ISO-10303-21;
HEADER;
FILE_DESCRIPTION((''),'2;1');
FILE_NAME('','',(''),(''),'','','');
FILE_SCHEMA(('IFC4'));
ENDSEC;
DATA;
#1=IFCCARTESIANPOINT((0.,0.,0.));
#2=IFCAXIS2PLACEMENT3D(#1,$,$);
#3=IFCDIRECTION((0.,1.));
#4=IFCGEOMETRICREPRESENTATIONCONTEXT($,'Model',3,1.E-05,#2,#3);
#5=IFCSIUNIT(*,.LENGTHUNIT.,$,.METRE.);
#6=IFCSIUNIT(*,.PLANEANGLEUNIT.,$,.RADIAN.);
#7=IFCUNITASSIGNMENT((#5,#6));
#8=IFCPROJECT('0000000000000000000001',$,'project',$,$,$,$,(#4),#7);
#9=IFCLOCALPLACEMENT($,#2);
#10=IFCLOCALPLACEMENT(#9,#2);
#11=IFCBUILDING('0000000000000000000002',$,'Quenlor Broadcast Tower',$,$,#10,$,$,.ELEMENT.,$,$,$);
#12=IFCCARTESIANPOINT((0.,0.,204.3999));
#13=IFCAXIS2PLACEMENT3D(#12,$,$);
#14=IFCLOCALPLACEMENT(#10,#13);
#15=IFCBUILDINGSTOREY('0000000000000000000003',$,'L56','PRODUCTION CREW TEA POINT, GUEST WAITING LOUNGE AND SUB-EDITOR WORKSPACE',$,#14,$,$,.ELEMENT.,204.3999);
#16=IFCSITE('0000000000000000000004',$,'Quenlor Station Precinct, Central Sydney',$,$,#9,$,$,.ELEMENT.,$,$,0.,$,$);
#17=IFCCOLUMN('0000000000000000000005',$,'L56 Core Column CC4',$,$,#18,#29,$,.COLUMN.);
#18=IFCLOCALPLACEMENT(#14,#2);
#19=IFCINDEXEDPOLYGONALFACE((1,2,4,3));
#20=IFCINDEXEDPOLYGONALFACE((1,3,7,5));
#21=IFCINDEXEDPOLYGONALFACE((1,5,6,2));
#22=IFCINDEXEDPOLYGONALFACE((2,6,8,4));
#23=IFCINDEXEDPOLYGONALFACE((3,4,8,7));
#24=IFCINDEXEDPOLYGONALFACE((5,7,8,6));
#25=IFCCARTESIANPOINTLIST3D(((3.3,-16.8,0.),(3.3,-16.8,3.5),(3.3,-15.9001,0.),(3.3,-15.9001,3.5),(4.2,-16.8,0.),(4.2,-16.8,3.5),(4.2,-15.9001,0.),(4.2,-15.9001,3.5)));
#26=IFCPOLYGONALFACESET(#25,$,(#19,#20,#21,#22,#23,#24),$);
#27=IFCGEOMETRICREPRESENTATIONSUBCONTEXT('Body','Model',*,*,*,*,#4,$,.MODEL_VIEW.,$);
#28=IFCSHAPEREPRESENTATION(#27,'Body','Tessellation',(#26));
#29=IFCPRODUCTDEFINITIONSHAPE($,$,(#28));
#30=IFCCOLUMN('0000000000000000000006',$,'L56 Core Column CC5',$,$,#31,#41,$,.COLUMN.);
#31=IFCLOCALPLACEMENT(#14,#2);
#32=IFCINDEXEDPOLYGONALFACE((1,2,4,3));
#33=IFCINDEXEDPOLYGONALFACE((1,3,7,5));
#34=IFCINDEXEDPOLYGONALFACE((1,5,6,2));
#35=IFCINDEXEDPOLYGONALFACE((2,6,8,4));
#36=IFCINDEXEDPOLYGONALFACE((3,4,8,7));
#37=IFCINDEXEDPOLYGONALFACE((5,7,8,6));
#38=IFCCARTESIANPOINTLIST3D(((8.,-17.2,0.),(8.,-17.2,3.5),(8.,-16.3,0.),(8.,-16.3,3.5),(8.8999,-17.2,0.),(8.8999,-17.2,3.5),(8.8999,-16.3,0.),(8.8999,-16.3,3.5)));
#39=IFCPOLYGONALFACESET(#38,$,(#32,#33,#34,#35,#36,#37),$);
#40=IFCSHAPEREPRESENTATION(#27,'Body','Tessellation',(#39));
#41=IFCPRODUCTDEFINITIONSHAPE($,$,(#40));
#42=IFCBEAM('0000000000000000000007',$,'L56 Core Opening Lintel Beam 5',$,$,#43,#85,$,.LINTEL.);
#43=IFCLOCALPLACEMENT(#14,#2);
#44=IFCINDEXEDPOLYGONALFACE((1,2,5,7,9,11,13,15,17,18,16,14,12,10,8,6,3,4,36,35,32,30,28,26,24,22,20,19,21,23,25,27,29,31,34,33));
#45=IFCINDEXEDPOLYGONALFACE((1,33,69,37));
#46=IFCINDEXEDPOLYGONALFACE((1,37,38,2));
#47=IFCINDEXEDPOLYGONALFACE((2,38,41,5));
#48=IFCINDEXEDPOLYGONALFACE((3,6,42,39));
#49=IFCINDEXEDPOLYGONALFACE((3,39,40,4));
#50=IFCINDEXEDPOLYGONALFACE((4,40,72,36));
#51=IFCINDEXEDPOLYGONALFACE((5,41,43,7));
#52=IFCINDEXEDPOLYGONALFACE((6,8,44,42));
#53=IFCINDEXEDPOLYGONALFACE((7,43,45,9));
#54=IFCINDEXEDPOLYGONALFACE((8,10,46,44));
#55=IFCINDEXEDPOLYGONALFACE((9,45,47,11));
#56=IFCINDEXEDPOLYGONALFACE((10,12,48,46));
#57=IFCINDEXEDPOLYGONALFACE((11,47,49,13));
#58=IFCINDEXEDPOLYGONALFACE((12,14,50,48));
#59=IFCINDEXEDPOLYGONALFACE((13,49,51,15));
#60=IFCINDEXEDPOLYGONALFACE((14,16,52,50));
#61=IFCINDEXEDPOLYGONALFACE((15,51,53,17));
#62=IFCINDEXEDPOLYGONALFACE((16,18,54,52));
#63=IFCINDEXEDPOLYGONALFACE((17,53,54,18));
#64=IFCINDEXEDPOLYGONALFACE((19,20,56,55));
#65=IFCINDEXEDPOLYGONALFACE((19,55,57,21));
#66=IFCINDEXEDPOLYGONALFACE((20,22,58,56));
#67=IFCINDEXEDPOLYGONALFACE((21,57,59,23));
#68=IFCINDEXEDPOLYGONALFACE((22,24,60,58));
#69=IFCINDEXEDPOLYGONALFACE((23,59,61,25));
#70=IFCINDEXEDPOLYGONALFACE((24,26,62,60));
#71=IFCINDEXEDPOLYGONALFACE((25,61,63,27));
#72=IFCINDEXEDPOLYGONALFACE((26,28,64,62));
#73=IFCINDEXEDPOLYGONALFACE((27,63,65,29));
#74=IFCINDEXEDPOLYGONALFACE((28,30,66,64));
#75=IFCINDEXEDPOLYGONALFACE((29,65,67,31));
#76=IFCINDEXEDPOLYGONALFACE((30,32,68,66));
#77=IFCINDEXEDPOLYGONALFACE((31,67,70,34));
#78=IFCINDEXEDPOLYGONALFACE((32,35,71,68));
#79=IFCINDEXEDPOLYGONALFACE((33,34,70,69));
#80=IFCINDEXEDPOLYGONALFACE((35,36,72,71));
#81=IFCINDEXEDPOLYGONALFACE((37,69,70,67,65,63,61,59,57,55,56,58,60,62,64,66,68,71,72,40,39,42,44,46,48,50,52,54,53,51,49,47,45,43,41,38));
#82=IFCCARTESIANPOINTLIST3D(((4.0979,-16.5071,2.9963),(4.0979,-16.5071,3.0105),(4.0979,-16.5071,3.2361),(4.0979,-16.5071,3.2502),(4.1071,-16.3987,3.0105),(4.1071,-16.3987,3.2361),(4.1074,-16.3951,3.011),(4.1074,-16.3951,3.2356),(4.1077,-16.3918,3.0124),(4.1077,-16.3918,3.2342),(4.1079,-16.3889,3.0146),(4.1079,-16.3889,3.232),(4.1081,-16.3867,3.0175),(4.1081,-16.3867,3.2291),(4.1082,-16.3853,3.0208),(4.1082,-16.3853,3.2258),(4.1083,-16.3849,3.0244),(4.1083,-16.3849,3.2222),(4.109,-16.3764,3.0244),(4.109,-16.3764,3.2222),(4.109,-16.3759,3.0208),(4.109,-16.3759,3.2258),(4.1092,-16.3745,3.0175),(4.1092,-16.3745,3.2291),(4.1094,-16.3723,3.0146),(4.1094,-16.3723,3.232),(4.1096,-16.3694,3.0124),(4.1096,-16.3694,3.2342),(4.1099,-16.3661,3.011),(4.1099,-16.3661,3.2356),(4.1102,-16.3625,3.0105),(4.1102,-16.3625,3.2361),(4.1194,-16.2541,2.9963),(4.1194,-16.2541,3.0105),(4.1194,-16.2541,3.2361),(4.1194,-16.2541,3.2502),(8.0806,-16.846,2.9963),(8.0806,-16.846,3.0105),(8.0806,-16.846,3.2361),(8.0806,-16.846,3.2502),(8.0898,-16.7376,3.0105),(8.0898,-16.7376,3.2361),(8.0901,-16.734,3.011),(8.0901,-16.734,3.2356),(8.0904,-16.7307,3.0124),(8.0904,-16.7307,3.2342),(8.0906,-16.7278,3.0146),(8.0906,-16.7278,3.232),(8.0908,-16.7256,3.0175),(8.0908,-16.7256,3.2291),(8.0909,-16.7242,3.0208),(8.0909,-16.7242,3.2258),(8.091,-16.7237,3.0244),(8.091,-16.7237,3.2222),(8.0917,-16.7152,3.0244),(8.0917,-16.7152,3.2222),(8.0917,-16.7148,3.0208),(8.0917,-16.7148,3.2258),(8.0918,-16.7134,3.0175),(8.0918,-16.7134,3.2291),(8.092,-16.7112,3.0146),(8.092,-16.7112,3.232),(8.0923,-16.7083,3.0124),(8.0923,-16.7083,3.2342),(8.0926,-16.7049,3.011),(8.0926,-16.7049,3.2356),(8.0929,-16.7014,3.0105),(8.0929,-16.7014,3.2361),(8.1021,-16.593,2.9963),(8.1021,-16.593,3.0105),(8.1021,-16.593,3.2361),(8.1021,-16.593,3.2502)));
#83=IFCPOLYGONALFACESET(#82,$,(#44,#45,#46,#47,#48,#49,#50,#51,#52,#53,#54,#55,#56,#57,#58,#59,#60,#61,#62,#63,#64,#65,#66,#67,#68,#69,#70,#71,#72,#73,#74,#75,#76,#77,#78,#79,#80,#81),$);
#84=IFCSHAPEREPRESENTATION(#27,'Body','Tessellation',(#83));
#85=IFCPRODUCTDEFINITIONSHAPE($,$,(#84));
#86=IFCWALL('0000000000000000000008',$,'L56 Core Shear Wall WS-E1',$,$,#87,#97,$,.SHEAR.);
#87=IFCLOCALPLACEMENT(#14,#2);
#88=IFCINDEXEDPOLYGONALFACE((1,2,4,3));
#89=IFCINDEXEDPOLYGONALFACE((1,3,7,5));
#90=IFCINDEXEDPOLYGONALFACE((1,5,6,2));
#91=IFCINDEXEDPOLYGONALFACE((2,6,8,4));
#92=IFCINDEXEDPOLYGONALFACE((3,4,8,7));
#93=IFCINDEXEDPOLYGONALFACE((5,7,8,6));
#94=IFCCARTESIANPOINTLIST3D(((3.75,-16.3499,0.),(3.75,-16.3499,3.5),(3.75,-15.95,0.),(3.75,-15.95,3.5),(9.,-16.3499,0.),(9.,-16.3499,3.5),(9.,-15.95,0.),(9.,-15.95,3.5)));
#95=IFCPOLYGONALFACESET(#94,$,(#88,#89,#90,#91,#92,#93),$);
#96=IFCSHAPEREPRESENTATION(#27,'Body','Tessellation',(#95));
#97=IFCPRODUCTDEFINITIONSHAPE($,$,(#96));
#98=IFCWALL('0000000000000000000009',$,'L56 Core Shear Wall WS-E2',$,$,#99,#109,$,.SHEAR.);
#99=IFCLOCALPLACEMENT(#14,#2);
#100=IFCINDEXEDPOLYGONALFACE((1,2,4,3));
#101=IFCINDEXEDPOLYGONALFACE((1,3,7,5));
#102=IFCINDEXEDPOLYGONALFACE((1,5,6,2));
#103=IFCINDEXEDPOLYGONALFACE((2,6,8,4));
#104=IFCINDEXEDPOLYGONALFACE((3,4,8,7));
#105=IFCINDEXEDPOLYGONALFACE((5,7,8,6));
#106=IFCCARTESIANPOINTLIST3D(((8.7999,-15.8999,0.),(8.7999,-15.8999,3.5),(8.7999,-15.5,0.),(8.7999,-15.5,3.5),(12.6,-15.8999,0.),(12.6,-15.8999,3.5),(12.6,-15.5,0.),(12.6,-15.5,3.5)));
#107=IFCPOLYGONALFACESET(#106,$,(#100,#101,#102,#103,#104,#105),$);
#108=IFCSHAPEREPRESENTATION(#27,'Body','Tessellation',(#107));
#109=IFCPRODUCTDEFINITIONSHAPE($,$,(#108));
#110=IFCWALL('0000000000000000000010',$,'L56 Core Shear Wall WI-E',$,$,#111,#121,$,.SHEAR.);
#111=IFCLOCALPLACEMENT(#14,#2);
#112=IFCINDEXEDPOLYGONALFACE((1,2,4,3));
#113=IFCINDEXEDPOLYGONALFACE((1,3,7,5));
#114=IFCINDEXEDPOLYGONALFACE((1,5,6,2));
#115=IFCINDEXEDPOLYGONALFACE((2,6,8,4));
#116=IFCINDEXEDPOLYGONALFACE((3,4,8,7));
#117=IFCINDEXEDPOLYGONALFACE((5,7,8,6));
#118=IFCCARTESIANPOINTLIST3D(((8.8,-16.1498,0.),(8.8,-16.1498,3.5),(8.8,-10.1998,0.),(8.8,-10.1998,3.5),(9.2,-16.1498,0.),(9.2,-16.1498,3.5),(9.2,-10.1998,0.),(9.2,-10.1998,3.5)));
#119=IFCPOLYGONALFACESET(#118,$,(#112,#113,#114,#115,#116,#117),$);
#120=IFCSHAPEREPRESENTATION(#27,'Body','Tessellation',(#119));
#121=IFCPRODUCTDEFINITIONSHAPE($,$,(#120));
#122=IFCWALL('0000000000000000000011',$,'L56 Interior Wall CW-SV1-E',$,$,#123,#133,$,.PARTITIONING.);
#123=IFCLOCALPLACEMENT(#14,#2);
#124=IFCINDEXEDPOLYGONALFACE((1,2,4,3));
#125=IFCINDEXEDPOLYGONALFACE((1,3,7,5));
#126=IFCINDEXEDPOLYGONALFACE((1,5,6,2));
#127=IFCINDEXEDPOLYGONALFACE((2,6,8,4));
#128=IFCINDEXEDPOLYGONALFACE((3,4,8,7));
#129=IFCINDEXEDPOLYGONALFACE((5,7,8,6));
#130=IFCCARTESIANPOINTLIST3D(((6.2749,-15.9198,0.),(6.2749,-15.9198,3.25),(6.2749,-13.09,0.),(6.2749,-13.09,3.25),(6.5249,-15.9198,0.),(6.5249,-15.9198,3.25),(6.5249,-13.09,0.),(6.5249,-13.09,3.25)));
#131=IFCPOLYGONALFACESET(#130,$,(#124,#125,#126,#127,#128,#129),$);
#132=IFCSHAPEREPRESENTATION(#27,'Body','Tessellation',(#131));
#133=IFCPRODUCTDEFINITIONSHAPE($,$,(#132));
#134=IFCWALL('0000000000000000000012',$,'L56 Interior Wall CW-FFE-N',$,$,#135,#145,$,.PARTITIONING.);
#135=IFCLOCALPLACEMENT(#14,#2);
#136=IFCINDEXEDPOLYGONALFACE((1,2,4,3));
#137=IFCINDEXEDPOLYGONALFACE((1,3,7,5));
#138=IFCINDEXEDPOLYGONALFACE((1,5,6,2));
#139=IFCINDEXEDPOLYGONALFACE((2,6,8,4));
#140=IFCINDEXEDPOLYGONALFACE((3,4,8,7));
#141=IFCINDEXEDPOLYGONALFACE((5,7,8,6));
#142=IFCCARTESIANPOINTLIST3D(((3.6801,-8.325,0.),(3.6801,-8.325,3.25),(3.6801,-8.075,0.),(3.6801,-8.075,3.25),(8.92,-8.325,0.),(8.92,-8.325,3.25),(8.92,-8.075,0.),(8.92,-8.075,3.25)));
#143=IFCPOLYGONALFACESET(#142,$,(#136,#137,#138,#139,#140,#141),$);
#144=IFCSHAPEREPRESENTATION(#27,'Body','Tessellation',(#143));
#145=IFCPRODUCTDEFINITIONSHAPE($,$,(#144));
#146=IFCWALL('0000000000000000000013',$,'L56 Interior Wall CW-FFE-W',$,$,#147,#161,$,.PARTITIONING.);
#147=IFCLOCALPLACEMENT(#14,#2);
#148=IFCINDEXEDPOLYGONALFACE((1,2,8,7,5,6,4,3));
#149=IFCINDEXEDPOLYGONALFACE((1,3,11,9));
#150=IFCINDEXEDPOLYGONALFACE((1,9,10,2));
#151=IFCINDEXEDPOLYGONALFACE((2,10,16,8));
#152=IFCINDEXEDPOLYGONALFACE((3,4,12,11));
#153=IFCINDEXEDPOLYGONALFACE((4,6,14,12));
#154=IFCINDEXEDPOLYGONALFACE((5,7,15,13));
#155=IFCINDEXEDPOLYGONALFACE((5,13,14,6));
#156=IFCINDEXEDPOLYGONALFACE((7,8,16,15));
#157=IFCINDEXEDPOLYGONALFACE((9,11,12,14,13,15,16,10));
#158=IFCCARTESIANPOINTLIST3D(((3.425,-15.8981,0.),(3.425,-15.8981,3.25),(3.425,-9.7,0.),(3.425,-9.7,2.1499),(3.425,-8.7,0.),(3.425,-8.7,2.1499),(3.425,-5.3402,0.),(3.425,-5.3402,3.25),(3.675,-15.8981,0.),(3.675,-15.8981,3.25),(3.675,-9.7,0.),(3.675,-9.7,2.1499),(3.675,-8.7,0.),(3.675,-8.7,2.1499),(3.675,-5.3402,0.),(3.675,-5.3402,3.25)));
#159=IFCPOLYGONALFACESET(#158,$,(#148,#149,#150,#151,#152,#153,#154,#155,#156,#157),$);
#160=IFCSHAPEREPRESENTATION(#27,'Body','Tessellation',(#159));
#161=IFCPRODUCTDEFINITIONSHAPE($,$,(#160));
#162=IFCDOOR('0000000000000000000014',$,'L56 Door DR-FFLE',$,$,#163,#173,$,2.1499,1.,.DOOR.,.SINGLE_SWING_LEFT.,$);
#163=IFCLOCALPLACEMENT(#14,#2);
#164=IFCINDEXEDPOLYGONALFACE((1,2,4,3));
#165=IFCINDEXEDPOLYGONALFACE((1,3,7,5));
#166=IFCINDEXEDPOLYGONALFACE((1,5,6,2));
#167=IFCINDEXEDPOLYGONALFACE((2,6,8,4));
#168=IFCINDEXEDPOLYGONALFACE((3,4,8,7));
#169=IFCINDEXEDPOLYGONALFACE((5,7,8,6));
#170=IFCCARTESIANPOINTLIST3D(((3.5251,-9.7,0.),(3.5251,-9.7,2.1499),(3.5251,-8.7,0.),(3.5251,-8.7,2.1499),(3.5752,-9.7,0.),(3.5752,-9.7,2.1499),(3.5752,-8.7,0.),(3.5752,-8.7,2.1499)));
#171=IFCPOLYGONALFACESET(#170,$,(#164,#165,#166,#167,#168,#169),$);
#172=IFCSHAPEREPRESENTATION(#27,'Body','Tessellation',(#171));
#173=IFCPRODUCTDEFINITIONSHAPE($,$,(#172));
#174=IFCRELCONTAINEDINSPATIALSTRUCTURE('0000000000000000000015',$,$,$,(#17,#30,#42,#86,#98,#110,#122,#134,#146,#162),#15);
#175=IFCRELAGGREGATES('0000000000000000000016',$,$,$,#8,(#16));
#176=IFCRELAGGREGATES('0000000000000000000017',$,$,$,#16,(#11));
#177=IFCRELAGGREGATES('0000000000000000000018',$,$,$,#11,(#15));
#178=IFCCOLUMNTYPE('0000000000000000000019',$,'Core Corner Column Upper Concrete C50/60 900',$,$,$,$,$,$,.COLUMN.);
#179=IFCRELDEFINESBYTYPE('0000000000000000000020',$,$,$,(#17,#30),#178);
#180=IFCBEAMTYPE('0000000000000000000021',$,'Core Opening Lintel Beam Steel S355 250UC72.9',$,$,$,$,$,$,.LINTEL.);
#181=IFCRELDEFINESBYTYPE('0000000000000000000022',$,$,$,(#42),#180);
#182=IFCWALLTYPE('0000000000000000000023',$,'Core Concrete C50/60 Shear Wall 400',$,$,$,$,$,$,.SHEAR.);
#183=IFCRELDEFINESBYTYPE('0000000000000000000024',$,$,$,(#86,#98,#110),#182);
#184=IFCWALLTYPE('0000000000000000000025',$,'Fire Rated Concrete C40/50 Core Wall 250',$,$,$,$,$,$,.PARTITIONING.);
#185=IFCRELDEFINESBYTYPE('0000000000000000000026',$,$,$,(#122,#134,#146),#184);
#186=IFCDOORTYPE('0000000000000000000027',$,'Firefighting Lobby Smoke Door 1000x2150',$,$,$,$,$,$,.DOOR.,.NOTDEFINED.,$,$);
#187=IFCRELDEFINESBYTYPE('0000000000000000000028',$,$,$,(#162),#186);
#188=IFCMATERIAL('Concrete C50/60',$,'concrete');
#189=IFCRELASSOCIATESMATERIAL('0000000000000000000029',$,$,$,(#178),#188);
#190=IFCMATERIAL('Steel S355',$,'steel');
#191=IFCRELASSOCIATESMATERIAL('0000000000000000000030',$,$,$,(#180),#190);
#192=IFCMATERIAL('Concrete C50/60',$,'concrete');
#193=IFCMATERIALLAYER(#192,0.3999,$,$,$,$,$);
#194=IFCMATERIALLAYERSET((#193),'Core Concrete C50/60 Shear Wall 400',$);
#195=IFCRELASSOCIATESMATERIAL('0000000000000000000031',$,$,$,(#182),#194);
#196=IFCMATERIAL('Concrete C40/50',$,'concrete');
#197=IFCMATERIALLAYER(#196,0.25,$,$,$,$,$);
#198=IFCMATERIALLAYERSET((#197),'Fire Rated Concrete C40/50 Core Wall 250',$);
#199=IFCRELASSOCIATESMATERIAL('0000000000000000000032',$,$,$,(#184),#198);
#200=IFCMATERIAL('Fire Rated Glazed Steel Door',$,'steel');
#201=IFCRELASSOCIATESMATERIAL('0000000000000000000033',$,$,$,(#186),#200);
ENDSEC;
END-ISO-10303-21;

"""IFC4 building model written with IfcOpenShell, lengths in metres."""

from ifc_helpers import new_model, si_unit, direction, frame, frame_2d, origin, origin_2d, place, context, subcontext, project, spatial, rectangle, i_section, extrude, material, layer, layer_set, material_profile, profile_set, type_object, element, fill, save


model = new_model("IFC4")

# Units and contexts
model_context = context("Model", 3, precision=1e-05, world=origin(), true_north=direction((0.0, 1.0)))
body_context = subcontext(model_context, "Body", "Model", "MODEL_VIEW")
ifc_project = project(units=[si_unit("LENGTHUNIT", "METRE"), si_unit("PLANEANGLEUNIT", "RADIAN")], contexts=[model_context])

# Site, building, storey
site_placement = place(None, origin())
site = spatial("IfcSite", under=ifc_project, at=site_placement, Name="Quenlor Station Precinct, Central Sydney", CompositionType="ELEMENT", RefElevation=0.0)
building_placement = place(site_placement, origin())
building = spatial("IfcBuilding", under=site, at=building_placement, Name="Quenlor Broadcast Tower", CompositionType="ELEMENT")
storey_placement = place(building_placement, frame((0.0, 0.0, 204.3999)))
storey = spatial("IfcBuildingStorey", under=building, at=storey_placement, Name="L56", Description="PRODUCTION CREW TEA POINT, GUEST WAITING LOUNGE AND SUB-EDITOR WORKSPACE", CompositionType="ELEMENT", Elevation=204.3999)

# Columns
ifc_material_1 = material(Name="Concrete C50/60", Category="concrete")
ifc_material_profile_1 = material_profile(ifc_material_1, rectangle(XDim=0.8999, YDim=0.8999, at=origin_2d()))
ifc_profile_set_1 = profile_set([ifc_material_profile_1], Name="Concrete C50/60 RC900x900")
column_type = type_object("IfcColumnType", Name="Core Corner Column Upper Concrete C50/60 900", PredefinedType="COLUMN", material=ifc_profile_set_1)
for number, where, z_axis, x_axis, name in (
    (1, (3.75, -16.3501, 0.0), (0.0, 0.0, 1.0), (1.0, 0.0, 0.0), "L56 Core Column CC4"),
    (2, (8.45, -16.75, 0.0), (0.0, 0.0, 1.0), (1.0, 0.0, 0.0), "L56 Core Column CC5"),
):
    element("IfcColumn", number, at=place(storey_placement, frame(where, z_axis=z_axis, x_axis=x_axis)), inside=storey, type_object=column_type, Name=name, PredefinedType="COLUMN", context=body_context, shape_type="SweptSolid", body=[
        extrude(rectangle(XDim=0.8999, YDim=0.8999, at=origin_2d()), origin(), (0.0, 0.0, 1.0), 3.5),
    ])

# Beam
ifc_material_2 = material(Name="Steel S355", Category="steel")
ifc_material_profile_2 = material_profile(ifc_material_2, i_section(OverallWidth=0.2539, OverallDepth=0.2539, WebThickness=0.0085, FlangeThickness=0.0142, FilletRadius=0.0139, at=origin_2d()))
ifc_profile_set_2 = profile_set([ifc_material_profile_2], Name="Steel S355 250UC72.9")
beam_type = type_object("IfcBeamType", Name="Core Opening Lintel Beam Steel S355 250UC72.9", PredefinedType="LINTEL", material=ifc_profile_set_2)
beam_placement = place(storey_placement, frame((4.1086, -16.3806, 3.1233), z_axis=(0.9964, -0.084779, 0.0), x_axis=(0.084779, 0.9964, 0.0)))
element("IfcBeam", 3, at=beam_placement, inside=storey, type_object=beam_type, Name="L56 Core Opening Lintel Beam 5", PredefinedType="LINTEL", context=body_context, shape_type="SweptSolid", body=[
    extrude(i_section(OverallWidth=0.2539, OverallDepth=0.2539, WebThickness=0.0085, FlangeThickness=0.0142, FilletRadius=0.0139, at=origin_2d()), origin(), (0.0, 0.0, 1.0), 3.9971),
])

# Walls
ifc_material_3 = material(Name="Concrete C50/60", Category="concrete")
ifc_layer_1 = layer(ifc_material_3, 0.3999)
ifc_layer_set_1 = layer_set([ifc_layer_1], Name="Core Concrete C50/60 Shear Wall 400")
wall_type_1 = type_object("IfcWallType", Name="Core Concrete C50/60 Shear Wall 400", PredefinedType="SHEAR", material=ifc_layer_set_1)
wall_1_placement = place(storey_placement, frame((3.75, -16.1499, 0.0), z_axis=(0.0, 0.0, 1.0), x_axis=(1.0, 0.0, 0.0)))
element("IfcWall", 4, at=wall_1_placement, inside=storey, type_object=wall_type_1, Name="L56 Core Shear Wall WS-E1", PredefinedType="SHEAR", context=body_context, shape_type="SweptSolid", body=[
    extrude(rectangle(XDim=5.25, YDim=0.3999, at=frame_2d((2.625, 0.0))), origin(), (0.0, 0.0, 1.0), 3.5),
])
wall_2_placement = place(storey_placement, frame((8.8, -15.7, 0.0), z_axis=(0.0, 0.0, 1.0), x_axis=(1.0, 0.0, 0.0)))
element("IfcWall", 5, at=wall_2_placement, inside=storey, type_object=wall_type_1, Name="L56 Core Shear Wall WS-E2", PredefinedType="SHEAR", context=body_context, shape_type="SweptSolid", body=[
    extrude(rectangle(XDim=3.8, YDim=0.3999, at=frame_2d((1.8999, 0.0))), origin(), (0.0, 0.0, 1.0), 3.5),
])
wall_3_placement = place(storey_placement, frame((9.0, -16.1499, 0.0), z_axis=(0.0, 0.0, 1.0), x_axis=(0.0, 1.0, 0.0)))
element("IfcWall", 6, at=wall_3_placement, inside=storey, type_object=wall_type_1, Name="L56 Core Shear Wall WI-E", PredefinedType="SHEAR", context=body_context, shape_type="SweptSolid", body=[
    extrude(rectangle(XDim=5.95, YDim=0.3999, at=frame_2d((2.9751, 0.0))), origin(), (0.0, 0.0, 1.0), 3.5),
])

# Shared definitions
ifc_material_4 = material(Name="Concrete C40/50", Category="concrete")
ifc_layer_2 = layer(ifc_material_4, 0.25)
ifc_layer_set_2 = layer_set([ifc_layer_2], Name="Fire Rated Concrete C40/50 Core Wall 250")
wall_type_2 = type_object("IfcWallType", Name="Fire Rated Concrete C40/50 Core Wall 250", PredefinedType="PARTITIONING", material=ifc_layer_set_2)

# Walls
wall_4_placement = place(storey_placement, frame((6.3999, -15.9199, 0.0), z_axis=(0.0, 0.0, 1.0), x_axis=(0.0, 1.0, 0.0)))
element("IfcWall", 7, at=wall_4_placement, inside=storey, type_object=wall_type_2, Name="L56 Interior Wall CW-SV1-E", PredefinedType="PARTITIONING", context=body_context, shape_type="SweptSolid", body=[
    extrude(rectangle(XDim=2.8298, YDim=0.25, at=frame_2d((1.415, 0.0))), origin(), (0.0, 0.0, 1.0), 3.25),
])
wall_5_placement = place(storey_placement, frame((3.6799, -8.2, 0.0), z_axis=(0.0, 0.0, 1.0), x_axis=(1.0, 0.0, 0.0)))
element("IfcWall", 8, at=wall_5_placement, inside=storey, type_object=wall_type_2, Name="L56 Interior Wall CW-FFE-N", PredefinedType="PARTITIONING", context=body_context, shape_type="SweptSolid", body=[
    extrude(rectangle(XDim=5.24, YDim=0.25, at=frame_2d((2.6201, 0.0))), origin(), (0.0, 0.0, 1.0), 3.25),
])

# Wall, opening, door
wall_6_placement = place(storey_placement, frame((3.55, -15.8979, 0.0), z_axis=(0.0, 0.0, 1.0), x_axis=(0.0, 1.0, 0.0)))
wall_6 = element("IfcWall", 9, at=wall_6_placement, inside=storey, type_object=wall_type_2, Name="L56 Interior Wall CW-FFE-W", PredefinedType="PARTITIONING", context=body_context, shape_type="SweptSolid", body=[
    extrude(rectangle(XDim=10.5579, YDim=0.25, at=frame_2d((5.2788, 0.0))), origin(), (0.0, 0.0, 1.0), 3.25),
])
opening_1_placement = place(wall_6_placement, frame((6.198, 0.0, 0.0)))
opening_1 = element("IfcOpeningElement", 10, at=opening_1_placement, cuts=wall_6, PredefinedType="OPENING", context=body_context, shape_type="SweptSolid", body=[
    extrude(rectangle(XDim=1.0, YDim=2.1499, at=frame_2d((0.5, 1.075))), frame((0.0, 0.135, 0.0), z_axis=(0.0, -1.0, 0.0), x_axis=(1.0, 0.0, 0.0)), (0.0, 0.0, 1.0), 0.27),
])
ifc_material_5 = material(Name="Fire Rated Glazed Steel Door", Category="steel")
door_type_1 = type_object("IfcDoorType", Name="Firefighting Lobby Smoke Door 1000x2150", OperationType="NOTDEFINED", PredefinedType="DOOR", material=ifc_material_5)
door_1_placement = place(opening_1_placement, origin())
door_1 = element("IfcDoor", 11, at=door_1_placement, inside=storey, type_object=door_type_1, Name="L56 Door DR-FFLE", OperationType="SINGLE_SWING_LEFT", OverallHeight=2.1499, OverallWidth=1.0, PredefinedType="DOOR", context=body_context, shape_type="SweptSolid", body=[
    extrude(rectangle(XDim=1.0, YDim=2.1499, at=frame_2d((0.5, 1.075))), frame((0.0, 0.0249, 0.0), z_axis=(0.0, -1.0, 0.0), x_axis=(1.0, 0.0, 0.0)), (0.0, 0.0, 1.0), 0.05),
])
fill(opening_1, door_1)

save(model, "model.ifc")
